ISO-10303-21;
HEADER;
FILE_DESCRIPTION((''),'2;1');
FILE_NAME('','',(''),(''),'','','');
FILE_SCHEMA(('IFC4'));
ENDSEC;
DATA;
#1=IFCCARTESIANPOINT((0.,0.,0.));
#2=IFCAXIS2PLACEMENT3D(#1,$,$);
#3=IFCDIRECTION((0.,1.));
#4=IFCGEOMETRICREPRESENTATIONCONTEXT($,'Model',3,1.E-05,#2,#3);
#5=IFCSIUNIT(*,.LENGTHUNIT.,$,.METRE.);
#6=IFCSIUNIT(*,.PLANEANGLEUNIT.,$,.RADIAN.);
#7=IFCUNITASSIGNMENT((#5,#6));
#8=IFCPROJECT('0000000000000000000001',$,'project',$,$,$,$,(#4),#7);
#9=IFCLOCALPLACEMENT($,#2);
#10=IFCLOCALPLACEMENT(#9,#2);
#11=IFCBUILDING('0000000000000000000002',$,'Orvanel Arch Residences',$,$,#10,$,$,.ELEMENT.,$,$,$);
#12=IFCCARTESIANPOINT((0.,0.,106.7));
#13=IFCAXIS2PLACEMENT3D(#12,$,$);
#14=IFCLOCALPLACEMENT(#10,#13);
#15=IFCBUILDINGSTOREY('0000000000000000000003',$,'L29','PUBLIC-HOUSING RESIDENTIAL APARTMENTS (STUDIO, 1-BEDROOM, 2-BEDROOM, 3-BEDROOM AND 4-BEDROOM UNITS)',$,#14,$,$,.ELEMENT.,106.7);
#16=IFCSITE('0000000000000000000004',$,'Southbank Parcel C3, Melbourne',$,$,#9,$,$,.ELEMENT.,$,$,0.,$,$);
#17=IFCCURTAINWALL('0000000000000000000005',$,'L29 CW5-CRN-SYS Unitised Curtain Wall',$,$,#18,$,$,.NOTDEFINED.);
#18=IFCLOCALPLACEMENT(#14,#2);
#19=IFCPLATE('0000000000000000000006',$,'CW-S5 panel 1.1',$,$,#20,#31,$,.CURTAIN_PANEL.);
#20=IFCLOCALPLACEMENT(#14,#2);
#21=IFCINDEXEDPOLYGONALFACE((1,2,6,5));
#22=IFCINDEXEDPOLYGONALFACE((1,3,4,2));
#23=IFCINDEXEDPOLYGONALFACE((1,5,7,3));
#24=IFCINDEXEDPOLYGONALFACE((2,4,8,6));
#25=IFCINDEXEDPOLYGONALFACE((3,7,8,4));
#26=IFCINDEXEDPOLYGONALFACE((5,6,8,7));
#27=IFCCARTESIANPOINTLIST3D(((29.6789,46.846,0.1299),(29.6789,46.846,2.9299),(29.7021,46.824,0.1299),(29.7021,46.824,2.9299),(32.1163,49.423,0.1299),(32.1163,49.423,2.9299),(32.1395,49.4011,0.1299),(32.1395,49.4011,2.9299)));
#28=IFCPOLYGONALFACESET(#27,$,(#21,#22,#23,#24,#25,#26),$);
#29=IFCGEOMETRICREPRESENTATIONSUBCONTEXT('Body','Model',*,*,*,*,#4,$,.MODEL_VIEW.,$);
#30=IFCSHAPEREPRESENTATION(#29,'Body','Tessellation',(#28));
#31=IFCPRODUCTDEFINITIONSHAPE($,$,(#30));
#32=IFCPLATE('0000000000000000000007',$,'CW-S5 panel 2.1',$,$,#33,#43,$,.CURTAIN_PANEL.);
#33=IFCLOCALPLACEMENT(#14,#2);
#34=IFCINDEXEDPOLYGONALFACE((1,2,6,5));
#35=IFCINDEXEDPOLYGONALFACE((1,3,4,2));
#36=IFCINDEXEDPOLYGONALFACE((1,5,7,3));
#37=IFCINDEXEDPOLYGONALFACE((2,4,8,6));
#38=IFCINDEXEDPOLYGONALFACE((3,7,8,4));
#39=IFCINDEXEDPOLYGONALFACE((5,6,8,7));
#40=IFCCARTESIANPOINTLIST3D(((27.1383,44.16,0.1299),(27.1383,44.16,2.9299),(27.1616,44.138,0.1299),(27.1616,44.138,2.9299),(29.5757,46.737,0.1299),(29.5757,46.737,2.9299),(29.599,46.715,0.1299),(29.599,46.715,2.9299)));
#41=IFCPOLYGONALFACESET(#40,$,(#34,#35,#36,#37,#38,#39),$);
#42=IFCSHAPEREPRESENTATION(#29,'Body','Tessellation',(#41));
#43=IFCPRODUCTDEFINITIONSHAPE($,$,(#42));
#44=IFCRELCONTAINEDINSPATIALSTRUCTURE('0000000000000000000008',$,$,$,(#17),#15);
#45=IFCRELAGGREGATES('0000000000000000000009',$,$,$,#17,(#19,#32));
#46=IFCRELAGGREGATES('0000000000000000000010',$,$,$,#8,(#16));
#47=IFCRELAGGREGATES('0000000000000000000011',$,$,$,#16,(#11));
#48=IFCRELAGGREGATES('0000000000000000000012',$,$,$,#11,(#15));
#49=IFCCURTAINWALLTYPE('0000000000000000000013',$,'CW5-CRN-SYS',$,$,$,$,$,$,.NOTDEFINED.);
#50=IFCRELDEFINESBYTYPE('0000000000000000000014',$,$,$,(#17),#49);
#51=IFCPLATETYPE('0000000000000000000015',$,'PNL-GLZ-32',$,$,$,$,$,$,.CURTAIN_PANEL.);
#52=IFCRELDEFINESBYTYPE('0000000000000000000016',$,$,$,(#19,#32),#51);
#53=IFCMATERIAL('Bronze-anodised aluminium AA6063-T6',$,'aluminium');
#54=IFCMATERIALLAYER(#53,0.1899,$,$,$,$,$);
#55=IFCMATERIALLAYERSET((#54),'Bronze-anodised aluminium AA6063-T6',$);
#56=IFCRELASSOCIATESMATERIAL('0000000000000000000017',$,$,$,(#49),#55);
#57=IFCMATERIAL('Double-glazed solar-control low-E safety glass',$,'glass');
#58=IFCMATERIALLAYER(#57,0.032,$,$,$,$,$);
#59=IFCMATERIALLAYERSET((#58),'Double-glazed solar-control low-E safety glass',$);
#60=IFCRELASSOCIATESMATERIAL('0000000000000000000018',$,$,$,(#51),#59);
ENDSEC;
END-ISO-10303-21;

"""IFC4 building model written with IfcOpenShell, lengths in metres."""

from ifc_helpers import new_model, si_unit, direction, frame, origin, origin_2d, place, context, subcontext, project, spatial, rectangle, extrude, material, layer, layer_set, type_object, element, aggregate, save


model = new_model("IFC4")

# Units and contexts
model_context = context("Model", 3, precision=1e-05, world=origin(), true_north=direction((0.0, 1.0)))
body_context = subcontext(model_context, "Body", "Model", "MODEL_VIEW")
ifc_project = project(units=[si_unit("LENGTHUNIT", "METRE"), si_unit("PLANEANGLEUNIT", "RADIAN")], contexts=[model_context])

# Site, building, storey
site_placement = place(None, origin())
site = spatial("IfcSite", under=ifc_project, at=site_placement, Name="Southbank Parcel C3, Melbourne", CompositionType="ELEMENT", RefElevation=0.0)
building_placement = place(site_placement, origin())
building = spatial("IfcBuilding", under=site, at=building_placement, Name="Orvanel Arch Residences", CompositionType="ELEMENT")
storey_placement = place(building_placement, frame((0.0, 0.0, 106.7)))
storey = spatial("IfcBuildingStorey", under=building, at=storey_placement, Name="L29", Description="PUBLIC-HOUSING RESIDENTIAL APARTMENTS (STUDIO, 1-BEDROOM, 2-BEDROOM, 3-BEDROOM AND 4-BEDROOM UNITS)", CompositionType="ELEMENT", Elevation=106.7)

# Shared definitions
ifc_material_1 = material(Name="Bronze-anodised aluminium AA6063-T6", Category="aluminium")
ifc_layer_1 = layer(ifc_material_1, 0.1899)
ifc_layer_set_1 = layer_set([ifc_layer_1], Name="Bronze-anodised aluminium AA6063-T6")
curtain_wall_type_1 = type_object("IfcCurtainWallType", Name="CW5-CRN-SYS", PredefinedType="NOTDEFINED", material=ifc_layer_set_1)

# Curtain wall
curtain_wall_1_placement = place(storey_placement, origin())
curtain_wall_1 = element("IfcCurtainWall", 1, at=curtain_wall_1_placement, inside=storey, type_object=curtain_wall_type_1, Name="L29 CW5-CRN-SYS Unitised Curtain Wall", PredefinedType="NOTDEFINED")

# Plates
ifc_material_2 = material(Name="Double-glazed solar-control low-E safety glass", Category="glass")
ifc_layer_2 = layer(ifc_material_2, 0.032)
ifc_layer_set_2 = layer_set([ifc_layer_2], Name="Double-glazed solar-control low-E safety glass")
plate_type_1 = type_object("IfcPlateType", Name="PNL-GLZ-32", PredefinedType="CURTAIN_PANEL", material=ifc_layer_set_2)
plate_1_placement = place(storey_placement, frame((30.9092, 48.1235, 0.1299), z_axis=(0.0, 0.0, 1.0), x_axis=(-0.687149, -0.726517, 0.0)))
plate_1 = element("IfcPlate", 2, at=plate_1_placement, type_object=plate_type_1, Name="CW-S5 panel 1.1", PredefinedType="CURTAIN_PANEL", context=body_context, shape_type="SweptSolid", body=[
    extrude(rectangle(XDim=3.5471, YDim=0.032, at=origin_2d()), origin(), (0.0, 0.0, 1.0), 2.8),
])
plate_2_placement = place(storey_placement, frame((28.3687, 45.4375, 0.1299), z_axis=(0.0, 0.0, 1.0), x_axis=(-0.687149, -0.726517, 0.0)))
plate_2 = element("IfcPlate", 3, at=plate_2_placement, type_object=plate_type_1, Name="CW-S5 panel 2.1", PredefinedType="CURTAIN_PANEL", context=body_context, shape_type="SweptSolid", body=[
    extrude(rectangle(XDim=3.5471, YDim=0.032, at=origin_2d()), origin(), (0.0, 0.0, 1.0), 2.8),
])
aggregate(curtain_wall_1, [plate_1, plate_2])

save(model, "model.ifc")
